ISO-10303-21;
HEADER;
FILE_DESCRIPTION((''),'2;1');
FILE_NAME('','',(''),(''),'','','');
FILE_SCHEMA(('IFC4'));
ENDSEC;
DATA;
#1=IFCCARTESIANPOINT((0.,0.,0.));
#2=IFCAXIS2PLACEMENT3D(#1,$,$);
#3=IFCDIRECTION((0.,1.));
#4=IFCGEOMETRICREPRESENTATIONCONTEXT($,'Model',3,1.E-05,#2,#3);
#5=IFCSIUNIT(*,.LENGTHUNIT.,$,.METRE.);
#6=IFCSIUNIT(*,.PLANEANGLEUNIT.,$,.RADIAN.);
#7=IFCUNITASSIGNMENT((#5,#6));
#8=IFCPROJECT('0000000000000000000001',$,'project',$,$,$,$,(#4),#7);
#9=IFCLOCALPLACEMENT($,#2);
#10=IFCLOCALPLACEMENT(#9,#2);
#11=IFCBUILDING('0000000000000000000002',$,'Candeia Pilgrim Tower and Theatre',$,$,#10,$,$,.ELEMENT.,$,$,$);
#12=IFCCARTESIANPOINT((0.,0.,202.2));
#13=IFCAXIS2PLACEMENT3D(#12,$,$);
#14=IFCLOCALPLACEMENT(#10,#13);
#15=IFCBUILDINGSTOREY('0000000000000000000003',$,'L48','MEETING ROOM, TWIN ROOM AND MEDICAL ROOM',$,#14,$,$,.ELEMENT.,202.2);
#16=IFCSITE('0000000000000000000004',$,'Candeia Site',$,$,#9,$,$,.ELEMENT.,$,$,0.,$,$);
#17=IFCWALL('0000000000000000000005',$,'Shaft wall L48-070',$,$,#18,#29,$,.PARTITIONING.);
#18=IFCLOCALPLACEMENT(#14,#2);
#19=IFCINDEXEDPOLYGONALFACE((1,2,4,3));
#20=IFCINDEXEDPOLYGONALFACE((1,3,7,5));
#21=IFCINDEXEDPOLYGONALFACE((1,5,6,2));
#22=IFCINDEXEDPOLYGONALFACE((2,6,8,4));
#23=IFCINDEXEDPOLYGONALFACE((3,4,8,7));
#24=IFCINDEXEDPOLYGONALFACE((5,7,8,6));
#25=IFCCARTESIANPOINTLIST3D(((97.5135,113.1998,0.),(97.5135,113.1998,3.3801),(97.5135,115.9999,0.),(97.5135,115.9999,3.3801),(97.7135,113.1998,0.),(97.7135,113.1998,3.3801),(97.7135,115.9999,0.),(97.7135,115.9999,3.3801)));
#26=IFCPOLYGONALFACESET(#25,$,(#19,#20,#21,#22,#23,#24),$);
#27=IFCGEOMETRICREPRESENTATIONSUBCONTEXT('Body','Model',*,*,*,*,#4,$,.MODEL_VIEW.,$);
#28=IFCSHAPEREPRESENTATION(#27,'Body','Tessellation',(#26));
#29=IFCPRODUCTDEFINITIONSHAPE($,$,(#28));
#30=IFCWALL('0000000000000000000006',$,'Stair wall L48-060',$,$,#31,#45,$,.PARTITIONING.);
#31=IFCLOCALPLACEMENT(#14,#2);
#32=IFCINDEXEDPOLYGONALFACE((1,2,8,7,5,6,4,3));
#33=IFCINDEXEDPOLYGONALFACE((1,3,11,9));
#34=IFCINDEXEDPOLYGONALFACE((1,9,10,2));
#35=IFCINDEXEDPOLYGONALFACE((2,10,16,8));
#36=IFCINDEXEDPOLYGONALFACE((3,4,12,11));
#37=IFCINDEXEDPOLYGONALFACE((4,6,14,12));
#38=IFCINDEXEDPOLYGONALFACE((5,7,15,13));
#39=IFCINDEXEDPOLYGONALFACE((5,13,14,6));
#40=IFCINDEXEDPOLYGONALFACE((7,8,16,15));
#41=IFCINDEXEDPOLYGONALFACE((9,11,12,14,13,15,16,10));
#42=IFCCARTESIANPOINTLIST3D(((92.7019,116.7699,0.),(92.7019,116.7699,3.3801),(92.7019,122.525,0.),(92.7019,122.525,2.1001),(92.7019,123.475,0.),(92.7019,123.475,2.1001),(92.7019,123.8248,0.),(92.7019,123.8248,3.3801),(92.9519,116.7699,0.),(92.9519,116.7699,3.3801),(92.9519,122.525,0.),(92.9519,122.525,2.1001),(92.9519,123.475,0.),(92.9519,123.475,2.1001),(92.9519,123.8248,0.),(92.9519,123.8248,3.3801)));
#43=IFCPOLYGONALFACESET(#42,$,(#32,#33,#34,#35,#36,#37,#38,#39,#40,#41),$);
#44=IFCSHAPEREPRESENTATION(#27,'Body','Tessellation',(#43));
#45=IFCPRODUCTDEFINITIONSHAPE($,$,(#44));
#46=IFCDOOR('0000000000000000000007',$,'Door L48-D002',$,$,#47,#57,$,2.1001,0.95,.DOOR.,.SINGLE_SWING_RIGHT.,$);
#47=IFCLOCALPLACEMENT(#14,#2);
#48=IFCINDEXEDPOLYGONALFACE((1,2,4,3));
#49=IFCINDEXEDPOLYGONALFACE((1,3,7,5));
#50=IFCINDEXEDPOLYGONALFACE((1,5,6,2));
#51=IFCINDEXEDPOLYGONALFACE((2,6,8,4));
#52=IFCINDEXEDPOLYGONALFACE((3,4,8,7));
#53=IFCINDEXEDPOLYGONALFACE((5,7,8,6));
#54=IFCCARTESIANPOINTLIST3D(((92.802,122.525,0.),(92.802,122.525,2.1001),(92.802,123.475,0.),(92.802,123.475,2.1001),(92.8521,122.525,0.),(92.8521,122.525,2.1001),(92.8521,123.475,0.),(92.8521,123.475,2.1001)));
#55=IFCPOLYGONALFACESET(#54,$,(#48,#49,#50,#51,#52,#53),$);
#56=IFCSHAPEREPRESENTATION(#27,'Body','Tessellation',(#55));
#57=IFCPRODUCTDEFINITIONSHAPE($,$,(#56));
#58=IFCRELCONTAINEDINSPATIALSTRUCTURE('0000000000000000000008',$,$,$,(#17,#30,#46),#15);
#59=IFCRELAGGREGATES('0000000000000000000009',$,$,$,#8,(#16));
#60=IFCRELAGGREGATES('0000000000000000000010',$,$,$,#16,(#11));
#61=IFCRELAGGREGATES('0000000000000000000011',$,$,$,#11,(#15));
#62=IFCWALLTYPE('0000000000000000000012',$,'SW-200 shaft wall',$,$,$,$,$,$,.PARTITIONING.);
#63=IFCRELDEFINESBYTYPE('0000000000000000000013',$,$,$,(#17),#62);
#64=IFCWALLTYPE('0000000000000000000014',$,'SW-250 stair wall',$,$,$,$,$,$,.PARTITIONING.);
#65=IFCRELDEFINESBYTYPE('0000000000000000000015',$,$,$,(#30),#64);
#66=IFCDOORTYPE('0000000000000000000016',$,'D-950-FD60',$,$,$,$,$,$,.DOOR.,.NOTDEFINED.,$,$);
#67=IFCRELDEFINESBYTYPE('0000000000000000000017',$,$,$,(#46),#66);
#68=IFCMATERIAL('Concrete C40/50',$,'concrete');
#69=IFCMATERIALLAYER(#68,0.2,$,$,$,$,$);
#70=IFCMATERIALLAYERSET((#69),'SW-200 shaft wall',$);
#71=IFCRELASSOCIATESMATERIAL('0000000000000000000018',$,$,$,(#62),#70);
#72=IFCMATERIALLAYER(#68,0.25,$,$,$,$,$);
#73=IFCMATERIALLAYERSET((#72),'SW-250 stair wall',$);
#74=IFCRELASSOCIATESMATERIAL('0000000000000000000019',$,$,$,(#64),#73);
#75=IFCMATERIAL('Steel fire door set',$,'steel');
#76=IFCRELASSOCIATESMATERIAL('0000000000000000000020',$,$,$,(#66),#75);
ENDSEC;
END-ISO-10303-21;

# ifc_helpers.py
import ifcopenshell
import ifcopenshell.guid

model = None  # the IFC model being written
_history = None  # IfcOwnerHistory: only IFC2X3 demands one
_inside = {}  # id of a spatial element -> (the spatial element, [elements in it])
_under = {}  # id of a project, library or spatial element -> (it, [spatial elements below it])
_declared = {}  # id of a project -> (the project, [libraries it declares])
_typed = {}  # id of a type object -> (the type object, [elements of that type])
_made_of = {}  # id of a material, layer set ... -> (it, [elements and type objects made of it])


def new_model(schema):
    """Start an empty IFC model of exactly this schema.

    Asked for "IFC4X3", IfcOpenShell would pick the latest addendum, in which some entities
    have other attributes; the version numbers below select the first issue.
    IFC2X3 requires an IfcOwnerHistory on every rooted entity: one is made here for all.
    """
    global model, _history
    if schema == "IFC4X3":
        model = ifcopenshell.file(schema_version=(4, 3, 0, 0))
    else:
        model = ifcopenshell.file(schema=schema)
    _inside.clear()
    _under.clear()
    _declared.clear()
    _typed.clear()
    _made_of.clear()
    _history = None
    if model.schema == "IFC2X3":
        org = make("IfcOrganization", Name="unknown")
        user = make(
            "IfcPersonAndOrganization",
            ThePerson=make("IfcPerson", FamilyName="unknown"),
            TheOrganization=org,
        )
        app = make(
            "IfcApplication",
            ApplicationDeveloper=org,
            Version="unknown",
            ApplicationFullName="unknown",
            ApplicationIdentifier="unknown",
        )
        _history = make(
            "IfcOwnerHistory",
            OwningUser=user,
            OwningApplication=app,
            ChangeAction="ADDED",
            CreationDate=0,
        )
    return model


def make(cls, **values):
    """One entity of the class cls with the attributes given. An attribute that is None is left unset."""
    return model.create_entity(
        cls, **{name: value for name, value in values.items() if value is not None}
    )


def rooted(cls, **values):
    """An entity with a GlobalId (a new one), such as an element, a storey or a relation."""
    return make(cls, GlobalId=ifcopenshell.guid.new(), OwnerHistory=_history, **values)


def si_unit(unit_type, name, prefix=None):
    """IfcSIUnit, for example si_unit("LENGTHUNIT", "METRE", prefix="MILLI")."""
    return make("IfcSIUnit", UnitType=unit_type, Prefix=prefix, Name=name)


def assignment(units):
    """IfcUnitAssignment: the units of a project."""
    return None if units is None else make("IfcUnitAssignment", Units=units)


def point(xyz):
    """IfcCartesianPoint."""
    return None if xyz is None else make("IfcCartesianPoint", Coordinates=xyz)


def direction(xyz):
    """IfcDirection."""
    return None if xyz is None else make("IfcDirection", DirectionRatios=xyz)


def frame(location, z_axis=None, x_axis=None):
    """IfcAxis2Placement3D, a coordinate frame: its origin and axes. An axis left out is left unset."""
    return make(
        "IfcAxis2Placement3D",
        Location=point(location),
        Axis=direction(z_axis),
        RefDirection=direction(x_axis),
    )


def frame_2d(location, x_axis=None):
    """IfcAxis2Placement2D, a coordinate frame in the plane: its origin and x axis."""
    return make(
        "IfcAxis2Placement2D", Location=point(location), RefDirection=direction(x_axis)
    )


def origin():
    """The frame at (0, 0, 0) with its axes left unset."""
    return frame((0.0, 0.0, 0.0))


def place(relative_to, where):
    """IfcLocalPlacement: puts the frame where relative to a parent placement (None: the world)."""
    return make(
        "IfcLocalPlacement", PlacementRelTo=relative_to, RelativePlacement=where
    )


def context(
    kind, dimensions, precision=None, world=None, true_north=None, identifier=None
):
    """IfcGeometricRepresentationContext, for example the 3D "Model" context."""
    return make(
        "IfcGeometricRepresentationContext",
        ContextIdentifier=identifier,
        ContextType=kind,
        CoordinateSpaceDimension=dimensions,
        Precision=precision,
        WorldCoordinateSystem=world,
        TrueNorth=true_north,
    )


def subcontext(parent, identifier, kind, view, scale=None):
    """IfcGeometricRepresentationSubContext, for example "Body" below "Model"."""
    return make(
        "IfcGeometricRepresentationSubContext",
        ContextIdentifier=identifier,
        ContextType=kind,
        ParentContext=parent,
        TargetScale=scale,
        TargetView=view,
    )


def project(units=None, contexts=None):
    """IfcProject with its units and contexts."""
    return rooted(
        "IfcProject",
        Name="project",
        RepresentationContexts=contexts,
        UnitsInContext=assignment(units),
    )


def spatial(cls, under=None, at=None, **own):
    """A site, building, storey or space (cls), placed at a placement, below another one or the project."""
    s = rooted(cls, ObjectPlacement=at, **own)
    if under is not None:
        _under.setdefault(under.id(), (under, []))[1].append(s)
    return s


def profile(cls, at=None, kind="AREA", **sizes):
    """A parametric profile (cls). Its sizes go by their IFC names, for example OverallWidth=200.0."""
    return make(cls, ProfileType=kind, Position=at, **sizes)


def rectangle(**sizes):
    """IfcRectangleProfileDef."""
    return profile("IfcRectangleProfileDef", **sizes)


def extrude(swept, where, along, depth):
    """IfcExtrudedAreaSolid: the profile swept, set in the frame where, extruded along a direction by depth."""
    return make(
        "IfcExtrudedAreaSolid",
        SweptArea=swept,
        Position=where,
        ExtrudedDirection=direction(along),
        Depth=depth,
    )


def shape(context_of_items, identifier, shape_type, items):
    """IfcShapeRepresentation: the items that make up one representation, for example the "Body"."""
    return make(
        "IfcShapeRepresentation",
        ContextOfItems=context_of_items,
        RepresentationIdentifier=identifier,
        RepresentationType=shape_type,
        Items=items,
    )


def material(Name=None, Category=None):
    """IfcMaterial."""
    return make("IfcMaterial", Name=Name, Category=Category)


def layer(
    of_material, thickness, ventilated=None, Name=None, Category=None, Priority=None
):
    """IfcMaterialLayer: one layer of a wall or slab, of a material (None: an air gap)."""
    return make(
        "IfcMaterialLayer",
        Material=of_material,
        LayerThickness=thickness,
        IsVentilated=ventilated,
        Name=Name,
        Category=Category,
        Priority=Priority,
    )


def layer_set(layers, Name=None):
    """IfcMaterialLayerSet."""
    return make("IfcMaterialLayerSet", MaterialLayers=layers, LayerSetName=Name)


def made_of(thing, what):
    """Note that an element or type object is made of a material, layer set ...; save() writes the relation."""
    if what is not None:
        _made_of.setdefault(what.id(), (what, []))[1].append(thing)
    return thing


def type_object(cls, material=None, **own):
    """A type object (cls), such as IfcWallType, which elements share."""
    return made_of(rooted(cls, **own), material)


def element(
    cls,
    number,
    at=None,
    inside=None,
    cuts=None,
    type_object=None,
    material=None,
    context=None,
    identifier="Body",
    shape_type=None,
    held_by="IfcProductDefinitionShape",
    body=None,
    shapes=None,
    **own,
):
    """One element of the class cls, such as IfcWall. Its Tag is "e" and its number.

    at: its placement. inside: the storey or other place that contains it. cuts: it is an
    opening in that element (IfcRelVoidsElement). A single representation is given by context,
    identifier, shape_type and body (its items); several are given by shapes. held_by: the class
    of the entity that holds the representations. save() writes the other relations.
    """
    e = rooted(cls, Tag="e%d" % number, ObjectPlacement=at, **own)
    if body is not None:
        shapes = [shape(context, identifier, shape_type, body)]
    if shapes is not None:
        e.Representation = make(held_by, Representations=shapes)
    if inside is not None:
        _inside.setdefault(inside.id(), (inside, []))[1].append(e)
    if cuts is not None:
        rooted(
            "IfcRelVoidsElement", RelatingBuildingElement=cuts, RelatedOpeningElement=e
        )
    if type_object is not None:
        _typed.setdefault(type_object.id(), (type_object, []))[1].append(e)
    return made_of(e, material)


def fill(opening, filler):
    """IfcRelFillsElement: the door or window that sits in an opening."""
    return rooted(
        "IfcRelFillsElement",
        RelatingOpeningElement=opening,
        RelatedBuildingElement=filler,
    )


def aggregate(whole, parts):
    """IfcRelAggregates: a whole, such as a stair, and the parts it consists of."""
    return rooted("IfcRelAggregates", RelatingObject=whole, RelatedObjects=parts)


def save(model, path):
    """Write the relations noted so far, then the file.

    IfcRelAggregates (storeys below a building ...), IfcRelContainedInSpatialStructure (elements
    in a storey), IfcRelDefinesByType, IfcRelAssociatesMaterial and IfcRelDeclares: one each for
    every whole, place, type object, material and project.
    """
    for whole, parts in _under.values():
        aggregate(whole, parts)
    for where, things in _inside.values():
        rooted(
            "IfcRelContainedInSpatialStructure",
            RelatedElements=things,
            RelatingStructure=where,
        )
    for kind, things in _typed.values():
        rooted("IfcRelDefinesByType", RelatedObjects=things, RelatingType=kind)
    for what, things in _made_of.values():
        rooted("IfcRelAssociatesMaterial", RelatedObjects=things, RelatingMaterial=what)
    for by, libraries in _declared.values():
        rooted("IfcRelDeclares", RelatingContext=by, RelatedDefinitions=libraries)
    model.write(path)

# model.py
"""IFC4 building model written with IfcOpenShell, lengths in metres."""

from ifc_helpers import new_model, si_unit, direction, frame, frame_2d, origin, place, context, subcontext, project, spatial, rectangle, extrude, material, layer, layer_set, type_object, element, fill, save


model = new_model("IFC4")

# Units and contexts
model_context = context("Model", 3, precision=1e-05, world=origin(), true_north=direction((0.0, 1.0)))
body_context = subcontext(model_context, "Body", "Model", "MODEL_VIEW")
ifc_project = project(units=[si_unit("LENGTHUNIT", "METRE"), si_unit("PLANEANGLEUNIT", "RADIAN")], contexts=[model_context])

# Site, building, storey
site_placement = place(None, origin())
site = spatial("IfcSite", under=ifc_project, at=site_placement, Name="Candeia Site", CompositionType="ELEMENT", RefElevation=0.0)
building_placement = place(site_placement, origin())
building = spatial("IfcBuilding", under=site, at=building_placement, Name="Candeia Pilgrim Tower and Theatre", CompositionType="ELEMENT")
storey_placement = place(building_placement, frame((0.0, 0.0, 202.2)))
storey = spatial("IfcBuildingStorey", under=building, at=storey_placement, Name="L48", Description="MEETING ROOM, TWIN ROOM AND MEDICAL ROOM", CompositionType="ELEMENT", Elevation=202.2)

# Shared definitions
ifc_material_1 = material(Name="Concrete C40/50", Category="concrete")
ifc_layer_1 = layer(ifc_material_1, 0.2)
ifc_layer_set_1 = layer_set([ifc_layer_1], Name="SW-200 shaft wall")
wall_type_1 = type_object("IfcWallType", Name="SW-200 shaft wall", PredefinedType="PARTITIONING", material=ifc_layer_set_1)
ifc_material_2 = material(Name="Steel fire door set", Category="steel")

# Wall
wall_1_placement = place(storey_placement, frame((97.6135, 113.2, 0.0), z_axis=(0.0, 0.0, 1.0), x_axis=(0.0, 1.0, 0.0)))
element("IfcWall", 1, at=wall_1_placement, inside=storey, type_object=wall_type_1, Name="Shaft wall L48-070", PredefinedType="PARTITIONING", context=body_context, shape_type="SweptSolid", body=[
    extrude(rectangle(XDim=2.8, YDim=0.2, at=frame_2d((1.3999, 0.0))), origin(), (0.0, 0.0, 1.0), 3.3801),
])

# Wall, opening, door
ifc_layer_2 = layer(ifc_material_1, 0.25)
ifc_layer_set_2 = layer_set([ifc_layer_2], Name="SW-250 stair wall")
wall_type_2 = type_object("IfcWallType", Name="SW-250 stair wall", PredefinedType="PARTITIONING", material=ifc_layer_set_2)
wall_2_placement = place(storey_placement, frame((92.8269, 116.77, 0.0), z_axis=(0.0, 0.0, 1.0), x_axis=(0.0, 1.0, 0.0)))
wall_2 = element("IfcWall", 2, at=wall_2_placement, inside=storey, type_object=wall_type_2, Name="Stair wall L48-060", PredefinedType="PARTITIONING", context=body_context, shape_type="SweptSolid", body=[
    extrude(rectangle(XDim=7.0549, YDim=0.25, at=frame_2d((3.5273, 0.0))), origin(), (0.0, 0.0, 1.0), 3.3801),
])
opening_1_placement = place(wall_2_placement, frame((5.7549, 0.0, 0.0)))
opening_1 = element("IfcOpeningElement", 3, at=opening_1_placement, cuts=wall_2, PredefinedType="OPENING", context=body_context, shape_type="SweptSolid", body=[
    extrude(rectangle(XDim=0.95, YDim=2.1001, at=frame_2d((0.4751, 1.05))), frame((0.0, 0.135, 0.0), z_axis=(0.0, -1.0, 0.0), x_axis=(1.0, 0.0, 0.0)), (0.0, 0.0, 1.0), 0.27),
])
door_type_1 = type_object("IfcDoorType", Name="D-950-FD60", OperationType="NOTDEFINED", PredefinedType="DOOR", material=ifc_material_2)
door_1_placement = place(opening_1_placement, origin())
door_1 = element("IfcDoor", 4, at=door_1_placement, inside=storey, type_object=door_type_1, Name="Door L48-D002", OperationType="SINGLE_SWING_RIGHT", OverallHeight=2.1001, OverallWidth=0.95, PredefinedType="DOOR", context=body_context, shape_type="SweptSolid", body=[
    extrude(rectangle(XDim=0.95, YDim=2.1001, at=frame_2d((0.4751, 1.05))), frame((0.0, 0.0249, 0.0), z_axis=(0.0, -1.0, 0.0), x_axis=(1.0, 0.0, 0.0)), (0.0, 0.0, 1.0), 0.05),
])
fill(opening_1, door_1)

save(model, "model.ifc")
